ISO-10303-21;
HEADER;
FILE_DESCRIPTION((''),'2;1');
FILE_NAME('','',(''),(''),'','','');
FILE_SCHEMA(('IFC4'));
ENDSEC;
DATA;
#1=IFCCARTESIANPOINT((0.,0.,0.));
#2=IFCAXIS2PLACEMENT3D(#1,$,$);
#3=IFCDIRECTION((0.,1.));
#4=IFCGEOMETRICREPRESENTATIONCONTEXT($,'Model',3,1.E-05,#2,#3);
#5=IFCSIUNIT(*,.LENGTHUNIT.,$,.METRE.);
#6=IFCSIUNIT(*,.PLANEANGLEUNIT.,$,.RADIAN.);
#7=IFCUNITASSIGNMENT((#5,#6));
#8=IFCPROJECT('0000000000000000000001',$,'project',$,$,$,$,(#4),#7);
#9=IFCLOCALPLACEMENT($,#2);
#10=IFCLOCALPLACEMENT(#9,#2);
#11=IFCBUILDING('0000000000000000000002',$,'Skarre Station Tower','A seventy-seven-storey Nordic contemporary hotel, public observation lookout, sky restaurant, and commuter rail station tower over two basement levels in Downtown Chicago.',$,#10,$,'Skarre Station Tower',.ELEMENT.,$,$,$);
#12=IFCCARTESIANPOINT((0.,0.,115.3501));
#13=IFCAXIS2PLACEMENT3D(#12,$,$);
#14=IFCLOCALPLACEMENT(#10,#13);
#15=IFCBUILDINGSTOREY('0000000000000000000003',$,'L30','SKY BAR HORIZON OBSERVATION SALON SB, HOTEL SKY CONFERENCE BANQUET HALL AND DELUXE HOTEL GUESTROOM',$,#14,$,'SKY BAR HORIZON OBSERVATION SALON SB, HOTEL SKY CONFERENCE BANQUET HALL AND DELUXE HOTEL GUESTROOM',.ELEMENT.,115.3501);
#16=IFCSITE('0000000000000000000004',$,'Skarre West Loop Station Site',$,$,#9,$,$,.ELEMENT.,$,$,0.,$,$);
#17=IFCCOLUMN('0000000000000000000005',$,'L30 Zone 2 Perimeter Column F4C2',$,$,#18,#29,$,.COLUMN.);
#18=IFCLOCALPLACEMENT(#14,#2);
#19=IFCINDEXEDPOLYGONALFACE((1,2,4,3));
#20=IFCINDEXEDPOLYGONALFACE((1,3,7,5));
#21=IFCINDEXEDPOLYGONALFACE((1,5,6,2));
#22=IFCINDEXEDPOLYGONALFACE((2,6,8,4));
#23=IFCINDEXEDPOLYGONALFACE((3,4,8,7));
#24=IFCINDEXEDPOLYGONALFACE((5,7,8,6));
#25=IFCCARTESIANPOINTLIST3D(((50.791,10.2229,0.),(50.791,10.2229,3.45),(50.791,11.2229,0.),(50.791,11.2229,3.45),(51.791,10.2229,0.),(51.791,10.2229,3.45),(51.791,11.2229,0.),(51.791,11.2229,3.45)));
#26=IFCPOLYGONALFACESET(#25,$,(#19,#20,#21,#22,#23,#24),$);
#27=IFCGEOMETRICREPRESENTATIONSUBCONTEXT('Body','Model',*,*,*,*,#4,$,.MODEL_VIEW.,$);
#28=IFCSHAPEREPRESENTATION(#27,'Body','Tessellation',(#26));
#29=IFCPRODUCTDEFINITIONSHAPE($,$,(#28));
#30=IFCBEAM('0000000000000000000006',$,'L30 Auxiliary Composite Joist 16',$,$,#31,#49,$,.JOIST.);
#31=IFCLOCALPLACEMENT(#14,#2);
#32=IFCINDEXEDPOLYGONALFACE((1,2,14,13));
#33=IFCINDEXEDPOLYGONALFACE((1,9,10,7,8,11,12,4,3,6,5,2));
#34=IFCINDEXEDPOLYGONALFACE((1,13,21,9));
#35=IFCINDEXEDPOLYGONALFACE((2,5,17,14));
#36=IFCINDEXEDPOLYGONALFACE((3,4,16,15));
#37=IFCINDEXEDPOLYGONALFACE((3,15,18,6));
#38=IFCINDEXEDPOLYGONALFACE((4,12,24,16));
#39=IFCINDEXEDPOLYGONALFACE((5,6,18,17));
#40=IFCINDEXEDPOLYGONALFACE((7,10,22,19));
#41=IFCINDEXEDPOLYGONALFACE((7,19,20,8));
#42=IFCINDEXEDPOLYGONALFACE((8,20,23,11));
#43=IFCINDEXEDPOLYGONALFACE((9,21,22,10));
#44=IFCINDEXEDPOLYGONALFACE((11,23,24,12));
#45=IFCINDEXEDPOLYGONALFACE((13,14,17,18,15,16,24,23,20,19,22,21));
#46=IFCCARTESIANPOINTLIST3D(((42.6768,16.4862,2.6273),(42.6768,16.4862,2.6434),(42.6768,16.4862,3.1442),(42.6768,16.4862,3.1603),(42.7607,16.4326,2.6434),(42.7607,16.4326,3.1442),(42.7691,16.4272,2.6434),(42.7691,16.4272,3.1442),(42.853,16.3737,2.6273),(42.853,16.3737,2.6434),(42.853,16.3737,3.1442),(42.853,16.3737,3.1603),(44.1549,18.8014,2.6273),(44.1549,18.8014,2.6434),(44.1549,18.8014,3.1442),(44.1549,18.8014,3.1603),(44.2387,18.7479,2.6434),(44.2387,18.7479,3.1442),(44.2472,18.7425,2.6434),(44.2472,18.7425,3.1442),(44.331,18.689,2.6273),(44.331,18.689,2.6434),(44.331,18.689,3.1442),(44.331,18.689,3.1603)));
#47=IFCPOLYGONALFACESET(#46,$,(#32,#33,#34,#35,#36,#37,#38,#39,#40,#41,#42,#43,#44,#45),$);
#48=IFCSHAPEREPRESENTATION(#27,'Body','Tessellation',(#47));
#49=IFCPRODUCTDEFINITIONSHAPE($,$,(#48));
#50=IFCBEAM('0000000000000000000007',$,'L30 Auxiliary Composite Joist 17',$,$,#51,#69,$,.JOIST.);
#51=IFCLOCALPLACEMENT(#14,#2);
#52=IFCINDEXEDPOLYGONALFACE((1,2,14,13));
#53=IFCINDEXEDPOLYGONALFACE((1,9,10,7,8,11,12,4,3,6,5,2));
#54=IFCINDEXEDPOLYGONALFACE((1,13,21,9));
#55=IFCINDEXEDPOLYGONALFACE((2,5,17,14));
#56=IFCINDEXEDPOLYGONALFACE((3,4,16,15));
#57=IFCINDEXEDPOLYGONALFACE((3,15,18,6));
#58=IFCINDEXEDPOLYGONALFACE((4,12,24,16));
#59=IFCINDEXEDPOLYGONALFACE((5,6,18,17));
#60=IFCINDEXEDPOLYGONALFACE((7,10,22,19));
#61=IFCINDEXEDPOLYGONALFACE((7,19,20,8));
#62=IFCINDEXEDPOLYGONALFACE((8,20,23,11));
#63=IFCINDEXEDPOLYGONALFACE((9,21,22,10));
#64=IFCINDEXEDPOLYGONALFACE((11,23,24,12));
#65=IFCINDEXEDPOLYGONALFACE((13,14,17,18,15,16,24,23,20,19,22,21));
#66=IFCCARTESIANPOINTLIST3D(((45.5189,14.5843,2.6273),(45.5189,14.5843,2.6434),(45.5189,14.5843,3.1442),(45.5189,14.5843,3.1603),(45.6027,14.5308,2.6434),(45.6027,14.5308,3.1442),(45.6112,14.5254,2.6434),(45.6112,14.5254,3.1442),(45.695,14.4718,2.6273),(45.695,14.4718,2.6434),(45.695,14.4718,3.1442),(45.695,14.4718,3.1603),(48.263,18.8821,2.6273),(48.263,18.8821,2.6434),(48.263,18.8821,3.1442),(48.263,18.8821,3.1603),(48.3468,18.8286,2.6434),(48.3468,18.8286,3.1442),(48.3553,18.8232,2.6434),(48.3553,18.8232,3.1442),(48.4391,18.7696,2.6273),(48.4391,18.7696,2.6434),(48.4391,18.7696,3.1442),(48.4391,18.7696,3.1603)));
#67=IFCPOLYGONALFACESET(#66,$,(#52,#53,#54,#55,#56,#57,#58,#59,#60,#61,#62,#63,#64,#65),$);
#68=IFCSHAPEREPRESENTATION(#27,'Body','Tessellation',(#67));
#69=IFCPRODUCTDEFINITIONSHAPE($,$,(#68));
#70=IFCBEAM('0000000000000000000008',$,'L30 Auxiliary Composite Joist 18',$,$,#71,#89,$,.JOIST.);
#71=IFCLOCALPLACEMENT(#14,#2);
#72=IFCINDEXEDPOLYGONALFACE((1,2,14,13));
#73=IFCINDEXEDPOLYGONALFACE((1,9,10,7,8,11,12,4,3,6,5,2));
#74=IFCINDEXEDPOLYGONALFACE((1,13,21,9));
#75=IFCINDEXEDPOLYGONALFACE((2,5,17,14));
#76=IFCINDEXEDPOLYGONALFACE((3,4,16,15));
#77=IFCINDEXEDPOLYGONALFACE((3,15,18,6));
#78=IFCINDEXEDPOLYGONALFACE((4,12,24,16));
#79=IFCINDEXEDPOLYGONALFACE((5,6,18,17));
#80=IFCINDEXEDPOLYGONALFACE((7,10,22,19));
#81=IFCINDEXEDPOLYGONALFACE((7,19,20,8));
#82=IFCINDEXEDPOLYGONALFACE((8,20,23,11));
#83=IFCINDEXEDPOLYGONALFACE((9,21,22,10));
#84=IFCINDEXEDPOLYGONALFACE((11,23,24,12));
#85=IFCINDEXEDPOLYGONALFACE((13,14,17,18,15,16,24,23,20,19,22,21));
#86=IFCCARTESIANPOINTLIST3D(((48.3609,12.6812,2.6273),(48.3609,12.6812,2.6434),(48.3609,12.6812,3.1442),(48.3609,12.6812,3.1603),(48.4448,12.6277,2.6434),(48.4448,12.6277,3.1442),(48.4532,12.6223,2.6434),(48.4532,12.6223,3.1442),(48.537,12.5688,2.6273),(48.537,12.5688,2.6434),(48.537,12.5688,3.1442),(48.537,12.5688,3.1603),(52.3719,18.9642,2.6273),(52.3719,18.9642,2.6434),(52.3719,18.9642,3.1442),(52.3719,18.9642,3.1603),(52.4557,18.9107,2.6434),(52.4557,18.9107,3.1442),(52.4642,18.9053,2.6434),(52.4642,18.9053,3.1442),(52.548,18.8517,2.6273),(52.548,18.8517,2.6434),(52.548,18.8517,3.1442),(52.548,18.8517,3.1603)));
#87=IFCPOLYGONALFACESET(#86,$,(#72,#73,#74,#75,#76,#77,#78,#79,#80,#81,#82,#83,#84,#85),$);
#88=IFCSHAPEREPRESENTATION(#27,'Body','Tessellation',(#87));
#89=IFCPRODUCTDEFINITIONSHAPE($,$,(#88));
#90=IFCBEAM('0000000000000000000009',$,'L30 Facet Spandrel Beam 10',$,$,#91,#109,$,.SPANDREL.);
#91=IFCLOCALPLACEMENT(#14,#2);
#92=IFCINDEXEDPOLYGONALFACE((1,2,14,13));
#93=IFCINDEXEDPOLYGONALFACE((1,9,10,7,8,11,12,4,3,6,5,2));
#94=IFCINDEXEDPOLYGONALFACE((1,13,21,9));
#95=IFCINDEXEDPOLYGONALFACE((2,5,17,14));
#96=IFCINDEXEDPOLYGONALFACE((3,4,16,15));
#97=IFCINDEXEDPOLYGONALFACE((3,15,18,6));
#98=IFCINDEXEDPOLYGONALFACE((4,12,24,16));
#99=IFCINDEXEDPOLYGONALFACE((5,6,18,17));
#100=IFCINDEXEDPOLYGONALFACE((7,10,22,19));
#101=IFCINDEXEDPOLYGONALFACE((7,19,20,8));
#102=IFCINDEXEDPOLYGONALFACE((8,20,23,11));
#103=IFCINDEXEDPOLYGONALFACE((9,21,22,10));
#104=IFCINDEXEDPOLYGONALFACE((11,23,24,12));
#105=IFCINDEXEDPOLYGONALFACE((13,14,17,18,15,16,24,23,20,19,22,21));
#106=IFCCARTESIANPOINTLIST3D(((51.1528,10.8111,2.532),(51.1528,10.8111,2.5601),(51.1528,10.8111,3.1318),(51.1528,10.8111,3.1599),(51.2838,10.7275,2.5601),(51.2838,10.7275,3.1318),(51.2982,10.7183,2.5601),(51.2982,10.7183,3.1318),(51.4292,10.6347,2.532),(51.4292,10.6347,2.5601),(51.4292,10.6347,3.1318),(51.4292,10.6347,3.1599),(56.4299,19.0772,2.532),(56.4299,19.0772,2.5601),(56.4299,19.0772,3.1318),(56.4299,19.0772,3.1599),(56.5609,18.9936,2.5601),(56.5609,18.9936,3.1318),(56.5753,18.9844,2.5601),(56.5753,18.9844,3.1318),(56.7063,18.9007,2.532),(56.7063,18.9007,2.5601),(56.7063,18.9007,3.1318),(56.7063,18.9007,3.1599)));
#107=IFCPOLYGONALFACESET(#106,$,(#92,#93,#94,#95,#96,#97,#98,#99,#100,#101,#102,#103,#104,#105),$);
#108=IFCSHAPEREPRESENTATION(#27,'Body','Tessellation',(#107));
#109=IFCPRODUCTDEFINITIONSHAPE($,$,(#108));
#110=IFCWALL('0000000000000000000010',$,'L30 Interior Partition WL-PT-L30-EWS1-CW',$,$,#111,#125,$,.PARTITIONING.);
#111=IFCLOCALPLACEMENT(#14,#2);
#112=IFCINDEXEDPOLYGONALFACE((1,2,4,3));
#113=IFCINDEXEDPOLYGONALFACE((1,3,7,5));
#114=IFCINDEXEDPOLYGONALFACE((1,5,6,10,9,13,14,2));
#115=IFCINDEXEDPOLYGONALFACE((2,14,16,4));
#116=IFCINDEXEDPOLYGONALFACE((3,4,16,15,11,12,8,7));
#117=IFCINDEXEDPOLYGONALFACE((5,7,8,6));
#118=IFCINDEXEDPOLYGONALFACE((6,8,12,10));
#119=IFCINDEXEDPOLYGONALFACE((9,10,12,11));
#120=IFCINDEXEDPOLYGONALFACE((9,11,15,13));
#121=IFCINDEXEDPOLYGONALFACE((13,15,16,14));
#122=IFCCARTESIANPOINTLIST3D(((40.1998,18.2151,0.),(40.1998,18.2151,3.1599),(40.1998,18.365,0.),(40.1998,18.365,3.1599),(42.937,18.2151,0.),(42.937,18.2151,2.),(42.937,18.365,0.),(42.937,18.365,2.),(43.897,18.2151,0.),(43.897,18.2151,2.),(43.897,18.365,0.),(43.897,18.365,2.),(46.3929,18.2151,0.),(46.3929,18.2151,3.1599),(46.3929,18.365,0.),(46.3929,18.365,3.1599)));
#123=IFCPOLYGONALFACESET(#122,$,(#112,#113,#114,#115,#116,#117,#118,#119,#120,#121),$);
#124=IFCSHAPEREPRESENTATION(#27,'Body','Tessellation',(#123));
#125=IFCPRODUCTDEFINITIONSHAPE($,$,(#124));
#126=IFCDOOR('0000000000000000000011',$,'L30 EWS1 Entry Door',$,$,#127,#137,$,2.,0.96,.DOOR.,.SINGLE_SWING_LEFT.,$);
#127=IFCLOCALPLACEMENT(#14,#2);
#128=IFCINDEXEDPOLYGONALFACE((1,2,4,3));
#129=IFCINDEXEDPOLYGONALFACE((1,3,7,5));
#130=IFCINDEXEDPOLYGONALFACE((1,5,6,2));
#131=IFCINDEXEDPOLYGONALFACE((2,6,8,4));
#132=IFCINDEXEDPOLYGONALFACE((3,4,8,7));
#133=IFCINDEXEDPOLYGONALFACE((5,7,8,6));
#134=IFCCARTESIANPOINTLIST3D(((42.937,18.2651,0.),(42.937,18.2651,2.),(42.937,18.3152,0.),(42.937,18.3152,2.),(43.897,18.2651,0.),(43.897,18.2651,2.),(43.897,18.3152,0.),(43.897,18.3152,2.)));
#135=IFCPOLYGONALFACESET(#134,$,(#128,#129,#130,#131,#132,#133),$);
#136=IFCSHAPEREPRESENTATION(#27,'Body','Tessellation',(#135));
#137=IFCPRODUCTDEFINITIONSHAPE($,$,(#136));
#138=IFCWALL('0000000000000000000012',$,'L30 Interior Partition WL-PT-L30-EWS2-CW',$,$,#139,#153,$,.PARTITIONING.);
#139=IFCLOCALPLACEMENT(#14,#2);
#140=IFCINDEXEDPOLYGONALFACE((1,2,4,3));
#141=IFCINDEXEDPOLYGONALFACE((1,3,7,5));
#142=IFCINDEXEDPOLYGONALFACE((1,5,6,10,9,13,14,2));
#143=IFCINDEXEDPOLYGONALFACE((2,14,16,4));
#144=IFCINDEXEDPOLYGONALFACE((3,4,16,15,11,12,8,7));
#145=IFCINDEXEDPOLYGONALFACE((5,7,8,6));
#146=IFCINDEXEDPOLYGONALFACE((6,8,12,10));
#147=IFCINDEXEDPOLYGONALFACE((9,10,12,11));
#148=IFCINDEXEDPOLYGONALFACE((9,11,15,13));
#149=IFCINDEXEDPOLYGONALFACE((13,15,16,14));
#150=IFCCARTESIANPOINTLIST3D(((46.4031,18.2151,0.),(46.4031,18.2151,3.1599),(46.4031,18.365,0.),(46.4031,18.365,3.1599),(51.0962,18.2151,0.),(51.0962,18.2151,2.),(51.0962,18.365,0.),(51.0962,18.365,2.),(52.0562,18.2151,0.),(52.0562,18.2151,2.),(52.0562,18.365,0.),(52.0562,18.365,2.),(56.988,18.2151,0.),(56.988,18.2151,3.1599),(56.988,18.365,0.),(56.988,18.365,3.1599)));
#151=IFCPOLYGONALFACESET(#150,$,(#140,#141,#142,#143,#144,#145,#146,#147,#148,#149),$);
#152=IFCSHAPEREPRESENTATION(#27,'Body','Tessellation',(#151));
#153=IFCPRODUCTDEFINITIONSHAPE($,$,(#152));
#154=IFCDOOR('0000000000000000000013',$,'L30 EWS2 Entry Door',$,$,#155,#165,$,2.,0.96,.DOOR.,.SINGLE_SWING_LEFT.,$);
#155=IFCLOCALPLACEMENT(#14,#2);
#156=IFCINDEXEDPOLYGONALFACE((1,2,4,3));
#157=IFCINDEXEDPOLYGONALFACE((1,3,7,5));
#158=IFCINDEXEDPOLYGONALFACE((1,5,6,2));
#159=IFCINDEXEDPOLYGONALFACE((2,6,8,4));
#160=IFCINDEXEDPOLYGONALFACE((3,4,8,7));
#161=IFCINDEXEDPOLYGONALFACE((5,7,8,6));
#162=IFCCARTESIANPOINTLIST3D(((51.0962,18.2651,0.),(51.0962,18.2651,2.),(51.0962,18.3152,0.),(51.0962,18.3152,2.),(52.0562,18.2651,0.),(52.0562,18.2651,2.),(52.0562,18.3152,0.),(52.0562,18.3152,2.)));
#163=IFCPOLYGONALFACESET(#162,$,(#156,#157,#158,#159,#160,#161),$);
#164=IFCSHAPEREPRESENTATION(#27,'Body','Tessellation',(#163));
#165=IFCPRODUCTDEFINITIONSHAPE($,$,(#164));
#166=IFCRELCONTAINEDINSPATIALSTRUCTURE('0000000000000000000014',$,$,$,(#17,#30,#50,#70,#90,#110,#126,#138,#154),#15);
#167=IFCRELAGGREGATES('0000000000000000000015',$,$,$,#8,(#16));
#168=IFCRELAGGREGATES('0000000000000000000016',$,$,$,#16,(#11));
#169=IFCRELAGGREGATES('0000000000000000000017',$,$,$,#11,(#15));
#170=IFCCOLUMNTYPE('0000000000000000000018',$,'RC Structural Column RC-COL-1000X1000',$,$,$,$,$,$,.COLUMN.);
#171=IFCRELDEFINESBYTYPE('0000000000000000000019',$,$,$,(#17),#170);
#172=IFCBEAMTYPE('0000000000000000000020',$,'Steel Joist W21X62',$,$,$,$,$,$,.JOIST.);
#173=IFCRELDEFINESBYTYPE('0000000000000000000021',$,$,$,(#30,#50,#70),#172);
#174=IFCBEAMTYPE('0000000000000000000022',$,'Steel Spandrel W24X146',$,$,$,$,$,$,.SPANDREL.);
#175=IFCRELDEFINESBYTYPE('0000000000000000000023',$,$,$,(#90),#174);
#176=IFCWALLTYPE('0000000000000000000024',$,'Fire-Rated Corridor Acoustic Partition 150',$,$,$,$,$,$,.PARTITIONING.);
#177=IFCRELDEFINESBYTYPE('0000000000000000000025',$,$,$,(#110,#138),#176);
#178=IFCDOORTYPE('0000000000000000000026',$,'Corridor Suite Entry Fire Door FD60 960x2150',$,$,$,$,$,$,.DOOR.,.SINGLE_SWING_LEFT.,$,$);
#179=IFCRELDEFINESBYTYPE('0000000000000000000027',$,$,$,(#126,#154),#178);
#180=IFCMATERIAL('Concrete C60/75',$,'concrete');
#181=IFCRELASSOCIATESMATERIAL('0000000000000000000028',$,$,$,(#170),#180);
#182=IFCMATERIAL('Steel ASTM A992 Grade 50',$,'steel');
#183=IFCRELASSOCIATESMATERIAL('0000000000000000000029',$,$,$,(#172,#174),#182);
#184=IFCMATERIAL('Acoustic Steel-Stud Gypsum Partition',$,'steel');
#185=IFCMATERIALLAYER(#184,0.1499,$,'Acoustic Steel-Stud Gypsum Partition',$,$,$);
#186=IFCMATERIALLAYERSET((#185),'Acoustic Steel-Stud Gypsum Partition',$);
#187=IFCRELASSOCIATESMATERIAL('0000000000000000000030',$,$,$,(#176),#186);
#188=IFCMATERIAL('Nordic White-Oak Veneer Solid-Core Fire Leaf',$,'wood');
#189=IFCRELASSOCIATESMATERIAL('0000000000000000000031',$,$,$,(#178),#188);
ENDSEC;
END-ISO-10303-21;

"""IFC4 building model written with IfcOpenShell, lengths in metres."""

from ifc_helpers import new_model, si_unit, direction, frame, frame_2d, origin, origin_2d, place, context, subcontext, project, spatial, rectangle, i_section, extrude, material, layer, layer_set, material_profile, profile_set, type_object, element, fill, save


model = new_model("IFC4")

# Units and contexts
model_context = context("Model", 3, precision=1e-05, world=origin(), true_north=direction((0.0, 1.0)))
body_context = subcontext(model_context, "Body", "Model", "MODEL_VIEW")
ifc_project = project(units=[si_unit("LENGTHUNIT", "METRE"), si_unit("PLANEANGLEUNIT", "RADIAN")], contexts=[model_context])

# Site, building, storey
site_placement = place(None, origin())
site = spatial("IfcSite", under=ifc_project, at=site_placement, Name="Skarre West Loop Station Site", CompositionType="ELEMENT", RefElevation=0.0)
building_placement = place(site_placement, origin())
building = spatial("IfcBuilding", under=site, at=building_placement, Name="Skarre Station Tower", Description="A seventy-seven-storey Nordic contemporary hotel, public observation lookout, sky restaurant, and commuter rail station tower over two basement levels in Downtown Chicago.", LongName="Skarre Station Tower", CompositionType="ELEMENT")
storey_placement = place(building_placement, frame((0.0, 0.0, 115.3501)))
storey = spatial("IfcBuildingStorey", under=building, at=storey_placement, Name="L30", Description="SKY BAR HORIZON OBSERVATION SALON SB, HOTEL SKY CONFERENCE BANQUET HALL AND DELUXE HOTEL GUESTROOM", LongName="SKY BAR HORIZON OBSERVATION SALON SB, HOTEL SKY CONFERENCE BANQUET HALL AND DELUXE HOTEL GUESTROOM", CompositionType="ELEMENT", Elevation=115.3501)

# Column
ifc_material_1 = material(Name="Concrete C60/75", Category="concrete")
ifc_material_profile_1 = material_profile(ifc_material_1, rectangle(XDim=1.0, YDim=1.0, at=origin_2d()), Name="Concrete C60/75")
ifc_profile_set_1 = profile_set([ifc_material_profile_1], Name="Concrete C60/75")
column_type = type_object("IfcColumnType", Name="RC Structural Column RC-COL-1000X1000", PredefinedType="COLUMN", material=ifc_profile_set_1)
column_placement = place(storey_placement, frame((51.291, 10.7229, 0.0), z_axis=(0.0, 0.0, 1.0), x_axis=(1.0, 0.0, 0.0)))
element("IfcColumn", 1, at=column_placement, inside=storey, type_object=column_type, Name="L30 Zone 2 Perimeter Column F4C2", PredefinedType="COLUMN", context=body_context, shape_type="SweptSolid", body=[
    extrude(rectangle(XDim=1.0, YDim=1.0, at=origin_2d()), origin(), (0.0, 0.0, 1.0), 3.45),
])

# Beams
ifc_material_2 = material(Name="Steel ASTM A992 Grade 50", Category="steel")
ifc_material_profile_2 = material_profile(ifc_material_2, i_section(OverallWidth=0.209, OverallDepth=0.533, WebThickness=0.01, FlangeThickness=0.0161, at=origin_2d()), Name="Steel ASTM A992 Grade 50")
ifc_profile_set_2 = profile_set([ifc_material_profile_2], Name="Steel ASTM A992 Grade 50")
beam_type_1 = type_object("IfcBeamType", Name="Steel Joist W21X62", PredefinedType="JOIST", material=ifc_profile_set_2)
beam_1_placement = place(storey_placement, frame((42.7649, 16.4299, 2.8938), z_axis=(0.5381, 0.842881, 0.0), x_axis=(-0.842881, 0.5381, 0.0)))
element("IfcBeam", 2, at=beam_1_placement, inside=storey, type_object=beam_type_1, Name="L30 Auxiliary Composite Joist 16", PredefinedType="JOIST", context=body_context, shape_type="SweptSolid", body=[
    extrude(i_section(OverallWidth=0.209, OverallDepth=0.533, WebThickness=0.01, FlangeThickness=0.0161, at=origin_2d()), origin(), (0.0, 0.0, 1.0), 2.7468),
])
beam_2_placement = place(storey_placement, frame((45.6069, 14.5281, 2.8938), z_axis=(0.538151, 0.842848, 0.0), x_axis=(-0.842848, 0.538151, 0.0)))
element("IfcBeam", 3, at=beam_2_placement, inside=storey, type_object=beam_type_1, Name="L30 Auxiliary Composite Joist 17", PredefinedType="JOIST", context=body_context, shape_type="SweptSolid", body=[
    extrude(i_section(OverallWidth=0.209, OverallDepth=0.533, WebThickness=0.01, FlangeThickness=0.0161, at=origin_2d()), origin(), (0.0, 0.0, 1.0), 5.0991),
])
beam_3_placement = place(storey_placement, frame((48.449, 12.625, 2.8938), z_axis=(0.538091, 0.842886, 0.0), x_axis=(-0.842886, 0.538091, 0.0)))
element("IfcBeam", 4, at=beam_3_placement, inside=storey, type_object=beam_type_1, Name="L30 Auxiliary Composite Joist 18", PredefinedType="JOIST", context=body_context, shape_type="SweptSolid", body=[
    extrude(i_section(OverallWidth=0.209, OverallDepth=0.533, WebThickness=0.01, FlangeThickness=0.0161, at=origin_2d()), origin(), (0.0, 0.0, 1.0), 7.4541),
])
ifc_material_profile_3 = material_profile(ifc_material_2, i_section(OverallWidth=0.3279, OverallDepth=0.6279, WebThickness=0.0171, FlangeThickness=0.0281, at=origin_2d()), Name="Steel ASTM A992 Grade 50")
ifc_profile_set_3 = profile_set([ifc_material_profile_3], Name="Steel ASTM A992 Grade 50")
beam_type_2 = type_object("IfcBeamType", Name="Steel Spandrel W24X146", PredefinedType="SPANDREL", material=ifc_profile_set_3)
beam_4_placement = place(storey_placement, frame((51.291, 10.7229, 2.8459), z_axis=(0.538098, 0.842883, 0.0), x_axis=(-0.842883, 0.538098, 0.0)))
element("IfcBeam", 5, at=beam_4_placement, inside=storey, type_object=beam_type_2, Name="L30 Facet Spandrel Beam 10", PredefinedType="SPANDREL", context=body_context, shape_type="SweptSolid", body=[
    extrude(i_section(OverallWidth=0.3279, OverallDepth=0.6279, WebThickness=0.0171, FlangeThickness=0.0281, at=origin_2d()), origin(), (0.0, 0.0, 1.0), 9.8069),
])

# Walls, openings, doors
ifc_material_3 = material(Name="Acoustic Steel-Stud Gypsum Partition", Category="steel")
ifc_layer_1 = layer(ifc_material_3, 0.1499, Name="Acoustic Steel-Stud Gypsum Partition")
ifc_layer_set_1 = layer_set([ifc_layer_1], Name="Acoustic Steel-Stud Gypsum Partition")
wall_type_1 = type_object("IfcWallType", Name="Fire-Rated Corridor Acoustic Partition 150", PredefinedType="PARTITIONING", material=ifc_layer_set_1)
wall_1_placement = place(storey_placement, frame((46.3931, 18.29, 0.0), z_axis=(0.0, 0.0, 1.0), x_axis=(-1.0, 0.0, 0.0)))
wall_1 = element("IfcWall", 6, at=wall_1_placement, inside=storey, type_object=wall_type_1, Name="L30 Interior Partition WL-PT-L30-EWS1-CW", PredefinedType="PARTITIONING", context=body_context, shape_type="SweptSolid", body=[
    extrude(rectangle(XDim=6.1931, YDim=0.1499, at=frame_2d((3.0967, 0.0))), origin(), (0.0, 0.0, 1.0), 3.1599),
])
opening_1_placement = place(wall_1_placement, frame((2.4961, 0.0, 0.0)))
opening_1 = element("IfcOpeningElement", 7, at=opening_1_placement, cuts=wall_1, PredefinedType="OPENING", context=body_context, shape_type="SweptSolid", body=[
    extrude(rectangle(XDim=0.96, YDim=2.0, at=frame_2d((0.48, 1.0))), frame((0.0, 0.085, 0.0), z_axis=(0.0, -1.0, 0.0), x_axis=(1.0, 0.0, 0.0)), (0.0, 0.0, 1.0), 0.1699),
])
ifc_material_4 = material(Name="Nordic White-Oak Veneer Solid-Core Fire Leaf", Category="wood")
door_type = type_object("IfcDoorType", Name="Corridor Suite Entry Fire Door FD60 960x2150", OperationType="SINGLE_SWING_LEFT", PredefinedType="DOOR", material=ifc_material_4)
door_1_placement = place(opening_1_placement, origin())
door_1 = element("IfcDoor", 8, at=door_1_placement, inside=storey, type_object=door_type, Name="L30 EWS1 Entry Door", OperationType="SINGLE_SWING_LEFT", OverallHeight=2.0, OverallWidth=0.96, PredefinedType="DOOR", context=body_context, shape_type="SweptSolid", body=[
    extrude(rectangle(XDim=0.96, YDim=2.0, at=frame_2d((0.48, 1.0))), frame((0.0, 0.0249, 0.0), z_axis=(0.0, -1.0, 0.0), x_axis=(1.0, 0.0, 0.0)), (0.0, 0.0, 1.0), 0.05),
])
fill(opening_1, door_1)
wall_2_placement = place(storey_placement, frame((56.988, 18.29, 0.0), z_axis=(0.0, 0.0, 1.0), x_axis=(-1.0, 0.0, 0.0)))
wall_2 = element("IfcWall", 9, at=wall_2_placement, inside=storey, type_object=wall_type_1, Name="L30 Interior Partition WL-PT-L30-EWS2-CW", PredefinedType="PARTITIONING", context=body_context, shape_type="SweptSolid", body=[
    extrude(rectangle(XDim=10.585, YDim=0.1499, at=frame_2d((5.2925, 0.0))), origin(), (0.0, 0.0, 1.0), 3.1599),
])
opening_2_placement = place(wall_2_placement, frame((4.9319, 0.0, 0.0)))
opening_2 = element("IfcOpeningElement", 10, at=opening_2_placement, cuts=wall_2, PredefinedType="OPENING", context=body_context, shape_type="SweptSolid", body=[
    extrude(rectangle(XDim=0.96, YDim=2.0, at=frame_2d((0.48, 1.0))), frame((0.0, 0.085, 0.0), z_axis=(0.0, -1.0, 0.0), x_axis=(1.0, 0.0, 0.0)), (0.0, 0.0, 1.0), 0.1699),
])
door_2_placement = place(opening_2_placement, origin())
door_2 = element("IfcDoor", 11, at=door_2_placement, inside=storey, type_object=door_type, Name="L30 EWS2 Entry Door", OperationType="SINGLE_SWING_LEFT", OverallHeight=2.0, OverallWidth=0.96, PredefinedType="DOOR", context=body_context, shape_type="SweptSolid", body=[
    extrude(rectangle(XDim=0.96, YDim=2.0, at=frame_2d((0.48, 1.0))), frame((0.0, 0.0249, 0.0), z_axis=(0.0, -1.0, 0.0), x_axis=(1.0, 0.0, 0.0)), (0.0, 0.0, 1.0), 0.05),
])
fill(opening_2, door_2)

save(model, "model.ifc")
